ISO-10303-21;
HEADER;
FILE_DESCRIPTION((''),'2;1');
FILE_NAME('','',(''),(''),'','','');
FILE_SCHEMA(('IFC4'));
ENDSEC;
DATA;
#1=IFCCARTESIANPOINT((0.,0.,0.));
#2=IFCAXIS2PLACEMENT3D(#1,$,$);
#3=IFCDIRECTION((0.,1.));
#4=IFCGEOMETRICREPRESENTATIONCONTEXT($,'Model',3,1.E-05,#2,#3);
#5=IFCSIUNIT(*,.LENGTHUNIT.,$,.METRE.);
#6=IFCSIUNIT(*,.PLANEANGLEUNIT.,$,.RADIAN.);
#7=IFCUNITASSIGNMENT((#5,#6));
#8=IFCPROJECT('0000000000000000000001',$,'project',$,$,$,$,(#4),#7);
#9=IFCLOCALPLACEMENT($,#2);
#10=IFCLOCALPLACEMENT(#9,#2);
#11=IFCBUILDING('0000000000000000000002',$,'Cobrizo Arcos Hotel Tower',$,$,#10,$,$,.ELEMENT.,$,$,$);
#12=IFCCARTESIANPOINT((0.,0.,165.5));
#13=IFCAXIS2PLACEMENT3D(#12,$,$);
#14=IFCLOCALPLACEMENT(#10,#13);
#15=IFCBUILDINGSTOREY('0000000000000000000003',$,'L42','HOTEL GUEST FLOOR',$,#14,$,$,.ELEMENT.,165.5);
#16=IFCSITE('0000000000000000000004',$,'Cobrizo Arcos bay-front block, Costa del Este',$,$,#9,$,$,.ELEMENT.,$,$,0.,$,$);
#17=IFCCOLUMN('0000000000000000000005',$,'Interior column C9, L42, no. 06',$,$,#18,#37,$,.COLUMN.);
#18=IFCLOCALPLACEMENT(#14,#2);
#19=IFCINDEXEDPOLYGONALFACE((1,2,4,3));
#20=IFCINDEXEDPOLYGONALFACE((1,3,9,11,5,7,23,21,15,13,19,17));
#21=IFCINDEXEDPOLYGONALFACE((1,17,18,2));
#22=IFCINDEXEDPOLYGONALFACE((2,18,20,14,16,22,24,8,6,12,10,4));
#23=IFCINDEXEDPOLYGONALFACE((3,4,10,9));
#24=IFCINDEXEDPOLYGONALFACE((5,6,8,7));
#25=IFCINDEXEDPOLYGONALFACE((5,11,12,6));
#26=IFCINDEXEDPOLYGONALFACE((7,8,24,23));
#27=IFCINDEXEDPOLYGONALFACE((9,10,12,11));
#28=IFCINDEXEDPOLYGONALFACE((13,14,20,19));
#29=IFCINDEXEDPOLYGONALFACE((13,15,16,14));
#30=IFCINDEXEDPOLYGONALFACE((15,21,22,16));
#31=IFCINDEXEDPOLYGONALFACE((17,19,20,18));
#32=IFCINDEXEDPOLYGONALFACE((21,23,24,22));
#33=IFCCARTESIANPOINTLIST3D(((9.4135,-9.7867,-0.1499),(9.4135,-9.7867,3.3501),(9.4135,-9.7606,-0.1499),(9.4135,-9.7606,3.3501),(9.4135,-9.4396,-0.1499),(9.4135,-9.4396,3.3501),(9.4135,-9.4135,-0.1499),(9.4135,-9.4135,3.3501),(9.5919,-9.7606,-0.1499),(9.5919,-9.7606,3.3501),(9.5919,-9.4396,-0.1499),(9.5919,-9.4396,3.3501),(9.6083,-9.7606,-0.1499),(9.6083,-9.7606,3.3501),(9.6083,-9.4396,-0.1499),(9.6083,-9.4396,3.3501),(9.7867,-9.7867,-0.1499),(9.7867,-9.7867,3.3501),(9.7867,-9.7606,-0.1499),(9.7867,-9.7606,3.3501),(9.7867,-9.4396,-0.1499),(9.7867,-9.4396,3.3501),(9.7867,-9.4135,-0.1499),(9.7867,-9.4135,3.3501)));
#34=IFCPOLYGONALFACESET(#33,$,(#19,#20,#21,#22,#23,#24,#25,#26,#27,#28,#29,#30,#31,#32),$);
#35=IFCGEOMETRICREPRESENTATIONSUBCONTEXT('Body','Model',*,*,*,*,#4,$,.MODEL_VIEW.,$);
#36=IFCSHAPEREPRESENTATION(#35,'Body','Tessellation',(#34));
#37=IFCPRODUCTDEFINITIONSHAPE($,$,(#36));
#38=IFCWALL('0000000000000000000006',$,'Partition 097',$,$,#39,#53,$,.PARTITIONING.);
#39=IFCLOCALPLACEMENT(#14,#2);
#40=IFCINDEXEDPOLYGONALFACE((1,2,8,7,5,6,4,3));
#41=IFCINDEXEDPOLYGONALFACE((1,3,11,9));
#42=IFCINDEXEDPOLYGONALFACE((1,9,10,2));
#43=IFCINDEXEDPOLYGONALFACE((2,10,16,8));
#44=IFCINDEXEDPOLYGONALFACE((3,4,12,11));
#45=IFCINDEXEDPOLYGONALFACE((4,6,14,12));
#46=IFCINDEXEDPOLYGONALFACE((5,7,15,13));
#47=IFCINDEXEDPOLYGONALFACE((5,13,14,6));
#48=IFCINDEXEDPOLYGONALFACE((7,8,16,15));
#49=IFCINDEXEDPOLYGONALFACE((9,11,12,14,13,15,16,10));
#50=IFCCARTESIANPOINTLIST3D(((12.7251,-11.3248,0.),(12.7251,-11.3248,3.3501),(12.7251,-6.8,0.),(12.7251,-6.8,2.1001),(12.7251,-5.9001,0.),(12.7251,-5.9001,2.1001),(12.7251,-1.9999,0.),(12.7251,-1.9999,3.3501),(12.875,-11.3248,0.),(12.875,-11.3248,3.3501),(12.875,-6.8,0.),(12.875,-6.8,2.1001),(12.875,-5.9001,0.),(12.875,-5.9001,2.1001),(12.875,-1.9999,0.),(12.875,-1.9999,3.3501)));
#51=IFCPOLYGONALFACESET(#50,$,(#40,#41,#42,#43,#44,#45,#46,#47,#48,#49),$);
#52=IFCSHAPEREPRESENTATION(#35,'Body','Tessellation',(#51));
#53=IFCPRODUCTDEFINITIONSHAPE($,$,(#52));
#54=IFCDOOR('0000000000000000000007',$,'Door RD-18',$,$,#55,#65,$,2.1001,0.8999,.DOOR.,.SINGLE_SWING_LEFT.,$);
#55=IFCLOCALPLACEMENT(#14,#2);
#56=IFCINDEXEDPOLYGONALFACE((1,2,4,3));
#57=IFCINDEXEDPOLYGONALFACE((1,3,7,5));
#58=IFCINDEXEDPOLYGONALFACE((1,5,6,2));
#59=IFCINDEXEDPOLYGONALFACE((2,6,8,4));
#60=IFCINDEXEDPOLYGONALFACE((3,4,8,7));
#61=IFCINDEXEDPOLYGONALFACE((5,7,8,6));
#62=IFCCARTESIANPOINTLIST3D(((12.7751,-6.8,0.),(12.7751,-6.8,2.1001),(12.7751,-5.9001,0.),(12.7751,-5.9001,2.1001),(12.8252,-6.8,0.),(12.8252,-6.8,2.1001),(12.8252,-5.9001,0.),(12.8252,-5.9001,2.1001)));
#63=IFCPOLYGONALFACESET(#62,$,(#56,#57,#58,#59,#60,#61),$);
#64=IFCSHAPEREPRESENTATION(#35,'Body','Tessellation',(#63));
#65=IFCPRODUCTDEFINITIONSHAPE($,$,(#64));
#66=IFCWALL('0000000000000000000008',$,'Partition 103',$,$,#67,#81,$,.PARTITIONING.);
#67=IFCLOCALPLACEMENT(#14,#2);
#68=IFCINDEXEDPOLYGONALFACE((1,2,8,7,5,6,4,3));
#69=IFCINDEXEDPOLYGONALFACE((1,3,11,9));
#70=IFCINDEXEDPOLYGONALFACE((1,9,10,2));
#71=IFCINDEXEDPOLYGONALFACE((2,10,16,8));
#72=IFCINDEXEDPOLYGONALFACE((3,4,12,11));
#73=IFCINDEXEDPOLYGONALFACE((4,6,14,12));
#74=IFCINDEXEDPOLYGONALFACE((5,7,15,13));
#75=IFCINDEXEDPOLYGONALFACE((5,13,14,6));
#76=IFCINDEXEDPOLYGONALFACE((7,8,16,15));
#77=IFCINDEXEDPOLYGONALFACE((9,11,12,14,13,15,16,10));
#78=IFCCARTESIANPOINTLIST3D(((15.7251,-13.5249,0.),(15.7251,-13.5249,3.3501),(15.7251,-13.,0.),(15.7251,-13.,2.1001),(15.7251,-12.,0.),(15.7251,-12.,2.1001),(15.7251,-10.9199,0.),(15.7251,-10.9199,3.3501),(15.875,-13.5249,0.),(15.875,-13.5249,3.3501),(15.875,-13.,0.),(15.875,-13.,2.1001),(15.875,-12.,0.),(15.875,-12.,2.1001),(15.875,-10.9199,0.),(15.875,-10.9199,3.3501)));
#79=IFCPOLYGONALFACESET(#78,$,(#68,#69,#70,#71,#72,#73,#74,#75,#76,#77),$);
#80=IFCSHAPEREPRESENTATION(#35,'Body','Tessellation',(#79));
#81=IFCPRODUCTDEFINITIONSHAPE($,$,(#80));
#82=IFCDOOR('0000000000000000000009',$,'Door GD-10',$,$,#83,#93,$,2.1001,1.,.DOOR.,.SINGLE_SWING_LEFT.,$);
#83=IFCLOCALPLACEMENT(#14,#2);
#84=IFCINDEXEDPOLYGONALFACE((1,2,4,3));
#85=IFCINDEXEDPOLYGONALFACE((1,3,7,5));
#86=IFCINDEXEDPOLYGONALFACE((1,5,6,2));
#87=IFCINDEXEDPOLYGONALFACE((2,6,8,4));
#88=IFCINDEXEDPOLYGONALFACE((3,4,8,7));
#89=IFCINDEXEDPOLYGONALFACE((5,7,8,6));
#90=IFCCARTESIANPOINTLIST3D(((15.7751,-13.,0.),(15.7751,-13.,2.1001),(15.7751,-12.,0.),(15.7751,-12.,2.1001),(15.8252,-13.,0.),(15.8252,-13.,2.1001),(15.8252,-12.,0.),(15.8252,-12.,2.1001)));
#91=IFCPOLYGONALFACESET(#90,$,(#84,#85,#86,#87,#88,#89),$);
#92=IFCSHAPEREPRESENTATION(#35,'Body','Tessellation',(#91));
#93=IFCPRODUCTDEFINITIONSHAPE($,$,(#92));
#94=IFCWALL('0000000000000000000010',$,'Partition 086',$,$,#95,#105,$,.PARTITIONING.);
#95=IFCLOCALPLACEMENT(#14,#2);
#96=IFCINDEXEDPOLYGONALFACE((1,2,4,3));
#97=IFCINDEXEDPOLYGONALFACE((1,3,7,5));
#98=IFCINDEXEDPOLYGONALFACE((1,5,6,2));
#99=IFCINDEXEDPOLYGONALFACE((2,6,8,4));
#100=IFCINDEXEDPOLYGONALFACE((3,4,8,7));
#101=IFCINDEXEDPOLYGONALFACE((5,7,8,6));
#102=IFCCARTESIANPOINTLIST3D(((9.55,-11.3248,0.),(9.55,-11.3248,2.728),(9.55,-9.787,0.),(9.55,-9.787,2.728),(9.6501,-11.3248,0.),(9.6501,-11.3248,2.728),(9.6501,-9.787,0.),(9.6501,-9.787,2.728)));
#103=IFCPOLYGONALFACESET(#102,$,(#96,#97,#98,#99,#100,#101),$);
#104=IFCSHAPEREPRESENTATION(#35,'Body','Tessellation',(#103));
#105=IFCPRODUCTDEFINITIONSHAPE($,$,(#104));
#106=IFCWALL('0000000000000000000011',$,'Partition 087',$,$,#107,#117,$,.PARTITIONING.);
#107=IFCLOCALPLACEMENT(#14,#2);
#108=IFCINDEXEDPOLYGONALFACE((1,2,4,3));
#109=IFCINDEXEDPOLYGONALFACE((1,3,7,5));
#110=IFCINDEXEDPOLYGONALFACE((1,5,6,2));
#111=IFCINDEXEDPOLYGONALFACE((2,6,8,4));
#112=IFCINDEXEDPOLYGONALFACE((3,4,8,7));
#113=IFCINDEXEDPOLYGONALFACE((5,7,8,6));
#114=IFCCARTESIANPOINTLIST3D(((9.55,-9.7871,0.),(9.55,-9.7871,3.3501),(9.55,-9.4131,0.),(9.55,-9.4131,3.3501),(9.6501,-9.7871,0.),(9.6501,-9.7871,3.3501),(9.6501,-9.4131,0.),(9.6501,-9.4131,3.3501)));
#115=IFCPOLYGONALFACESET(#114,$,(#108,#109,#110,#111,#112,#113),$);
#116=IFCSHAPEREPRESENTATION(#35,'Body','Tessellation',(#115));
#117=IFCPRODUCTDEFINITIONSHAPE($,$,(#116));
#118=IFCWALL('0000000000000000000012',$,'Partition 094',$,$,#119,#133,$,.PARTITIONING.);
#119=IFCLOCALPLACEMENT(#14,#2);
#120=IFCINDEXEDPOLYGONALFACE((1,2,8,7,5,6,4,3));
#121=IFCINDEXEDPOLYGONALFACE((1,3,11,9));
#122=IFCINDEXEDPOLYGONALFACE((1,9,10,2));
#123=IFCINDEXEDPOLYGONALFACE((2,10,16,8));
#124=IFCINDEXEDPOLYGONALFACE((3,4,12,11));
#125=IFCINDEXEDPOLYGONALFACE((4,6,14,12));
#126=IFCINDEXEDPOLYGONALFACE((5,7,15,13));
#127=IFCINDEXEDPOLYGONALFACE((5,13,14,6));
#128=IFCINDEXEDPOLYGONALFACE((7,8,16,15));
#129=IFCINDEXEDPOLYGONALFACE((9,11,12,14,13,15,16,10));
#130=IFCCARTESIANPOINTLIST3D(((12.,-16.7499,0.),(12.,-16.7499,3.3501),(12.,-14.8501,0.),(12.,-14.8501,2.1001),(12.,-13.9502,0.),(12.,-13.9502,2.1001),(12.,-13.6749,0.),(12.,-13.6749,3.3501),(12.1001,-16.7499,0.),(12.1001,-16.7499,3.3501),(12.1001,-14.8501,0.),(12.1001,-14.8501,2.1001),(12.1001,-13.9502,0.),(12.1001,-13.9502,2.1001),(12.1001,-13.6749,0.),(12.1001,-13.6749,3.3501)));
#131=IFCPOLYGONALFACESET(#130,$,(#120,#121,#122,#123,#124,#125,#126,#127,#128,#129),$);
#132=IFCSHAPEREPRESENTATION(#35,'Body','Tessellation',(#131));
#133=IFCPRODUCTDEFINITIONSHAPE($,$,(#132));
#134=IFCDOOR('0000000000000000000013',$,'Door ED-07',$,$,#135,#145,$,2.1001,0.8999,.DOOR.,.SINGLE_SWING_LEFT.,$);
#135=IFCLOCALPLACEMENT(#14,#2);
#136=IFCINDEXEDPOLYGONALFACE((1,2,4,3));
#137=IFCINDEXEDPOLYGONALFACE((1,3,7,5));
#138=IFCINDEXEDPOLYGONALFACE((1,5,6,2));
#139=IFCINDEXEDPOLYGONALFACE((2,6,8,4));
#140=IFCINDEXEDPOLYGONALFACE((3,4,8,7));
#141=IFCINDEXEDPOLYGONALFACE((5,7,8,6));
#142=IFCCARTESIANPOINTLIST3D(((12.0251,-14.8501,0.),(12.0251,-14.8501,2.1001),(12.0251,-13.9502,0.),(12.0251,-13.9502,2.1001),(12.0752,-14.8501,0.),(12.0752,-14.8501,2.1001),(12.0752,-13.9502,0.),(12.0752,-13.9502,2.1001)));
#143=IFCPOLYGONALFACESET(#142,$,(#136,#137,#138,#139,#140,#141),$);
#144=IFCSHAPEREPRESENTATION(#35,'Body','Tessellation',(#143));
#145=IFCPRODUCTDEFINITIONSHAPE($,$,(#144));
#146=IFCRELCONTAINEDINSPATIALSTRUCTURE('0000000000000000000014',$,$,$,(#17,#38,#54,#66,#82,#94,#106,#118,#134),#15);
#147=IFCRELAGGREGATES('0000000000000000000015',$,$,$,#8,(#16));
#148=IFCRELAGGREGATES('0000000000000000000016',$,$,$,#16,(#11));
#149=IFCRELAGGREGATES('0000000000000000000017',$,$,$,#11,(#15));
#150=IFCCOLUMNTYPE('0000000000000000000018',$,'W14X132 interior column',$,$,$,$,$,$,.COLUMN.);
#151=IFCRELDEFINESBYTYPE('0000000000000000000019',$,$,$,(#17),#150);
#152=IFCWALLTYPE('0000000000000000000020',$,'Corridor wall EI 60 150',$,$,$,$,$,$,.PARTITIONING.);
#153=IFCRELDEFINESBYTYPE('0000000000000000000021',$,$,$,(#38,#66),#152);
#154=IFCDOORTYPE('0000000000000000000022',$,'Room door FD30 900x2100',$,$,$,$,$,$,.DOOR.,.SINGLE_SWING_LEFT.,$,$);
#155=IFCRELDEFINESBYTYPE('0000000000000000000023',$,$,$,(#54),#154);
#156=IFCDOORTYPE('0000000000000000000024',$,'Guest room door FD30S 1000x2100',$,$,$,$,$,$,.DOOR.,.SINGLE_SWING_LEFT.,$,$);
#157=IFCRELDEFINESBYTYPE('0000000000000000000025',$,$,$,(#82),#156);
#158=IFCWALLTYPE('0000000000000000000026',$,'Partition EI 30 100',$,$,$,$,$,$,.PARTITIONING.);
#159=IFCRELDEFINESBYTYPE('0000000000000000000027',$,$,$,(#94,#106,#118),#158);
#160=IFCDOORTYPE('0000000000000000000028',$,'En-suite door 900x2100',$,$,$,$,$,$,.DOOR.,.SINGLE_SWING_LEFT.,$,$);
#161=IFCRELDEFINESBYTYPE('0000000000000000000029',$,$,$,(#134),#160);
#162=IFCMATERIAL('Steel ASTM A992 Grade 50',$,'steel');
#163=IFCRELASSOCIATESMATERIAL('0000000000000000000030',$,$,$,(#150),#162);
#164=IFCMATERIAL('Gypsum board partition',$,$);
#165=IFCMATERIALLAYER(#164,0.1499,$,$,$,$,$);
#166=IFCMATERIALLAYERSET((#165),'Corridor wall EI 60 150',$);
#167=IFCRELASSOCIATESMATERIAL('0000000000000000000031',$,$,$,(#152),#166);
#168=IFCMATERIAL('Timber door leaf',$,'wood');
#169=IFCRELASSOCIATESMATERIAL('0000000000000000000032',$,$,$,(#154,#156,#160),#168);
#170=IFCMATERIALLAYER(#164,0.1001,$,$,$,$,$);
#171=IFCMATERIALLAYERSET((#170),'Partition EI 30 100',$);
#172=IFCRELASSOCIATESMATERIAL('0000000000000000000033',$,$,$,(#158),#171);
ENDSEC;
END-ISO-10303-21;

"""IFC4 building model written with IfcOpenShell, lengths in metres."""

from ifc_helpers import new_model, si_unit, direction, frame, frame_2d, origin, origin_2d, place, context, subcontext, project, spatial, rectangle, i_section, extrude, material, layer, layer_set, material_profile, profile_set, type_object, element, fill, save


model = new_model("IFC4")

# Units and contexts
model_context = context("Model", 3, precision=1e-05, world=origin(), true_north=direction((0.0, 1.0)))
body_context = subcontext(model_context, "Body", "Model", "MODEL_VIEW")
ifc_project = project(units=[si_unit("LENGTHUNIT", "METRE"), si_unit("PLANEANGLEUNIT", "RADIAN")], contexts=[model_context])

# Site, building, storey
site_placement = place(None, origin())
site = spatial("IfcSite", under=ifc_project, at=site_placement, Name="Cobrizo Arcos bay-front block, Costa del Este", CompositionType="ELEMENT", RefElevation=0.0)
building_placement = place(site_placement, origin())
building = spatial("IfcBuilding", under=site, at=building_placement, Name="Cobrizo Arcos Hotel Tower", CompositionType="ELEMENT")
storey_placement = place(building_placement, frame((0.0, 0.0, 165.5)))
storey = spatial("IfcBuildingStorey", under=building, at=storey_placement, Name="L42", Description="HOTEL GUEST FLOOR", CompositionType="ELEMENT", Elevation=165.5)

# Column
ifc_material_1 = material(Name="Steel ASTM A992 Grade 50", Category="steel")
ifc_material_profile = material_profile(ifc_material_1, i_section(OverallWidth=0.3733, OverallDepth=0.3733, WebThickness=0.0164, FlangeThickness=0.0261, at=origin_2d()), Name="W14X132")
ifc_profile_set = profile_set([ifc_material_profile], Name="Steel ASTM A992 Grade 50")
column_type = type_object("IfcColumnType", Name="W14X132 interior column", PredefinedType="COLUMN", material=ifc_profile_set)
column_placement = place(storey_placement, frame((9.6001, -9.6001, -0.1499), z_axis=(0.0, 0.0, 1.0), x_axis=(1.0, 0.0, 0.0)))
element("IfcColumn", 1, at=column_placement, inside=storey, type_object=column_type, Name="Interior column C9, L42, no. 06", PredefinedType="COLUMN", context=body_context, shape_type="SweptSolid", body=[
    extrude(i_section(OverallWidth=0.3733, OverallDepth=0.3733, WebThickness=0.0164, FlangeThickness=0.0261, at=origin_2d()), origin(), (0.0, 0.0, 1.0), 3.5),
])

# Walls, openings, doors
ifc_material_2 = material(Name="Gypsum board partition")
ifc_layer_1 = layer(ifc_material_2, 0.1499)
ifc_layer_set_1 = layer_set([ifc_layer_1], Name="Corridor wall EI 60 150")
wall_type_1 = type_object("IfcWallType", Name="Corridor wall EI 60 150", PredefinedType="PARTITIONING", material=ifc_layer_set_1)
wall_1_placement = place(storey_placement, frame((12.8, -11.325, 0.0), z_axis=(0.0, 0.0, 1.0), x_axis=(0.0, 1.0, 0.0)))
wall_1 = element("IfcWall", 2, at=wall_1_placement, inside=storey, type_object=wall_type_1, Name="Partition 097", PredefinedType="PARTITIONING", context=body_context, shape_type="SweptSolid", body=[
    extrude(rectangle(XDim=9.325, YDim=0.1499, at=frame_2d((4.6626, 0.0))), origin(), (0.0, 0.0, 1.0), 3.3501),
])
opening_1_placement = place(wall_1_placement, frame((4.5249, 0.0, 0.0)))
opening_1 = element("IfcOpeningElement", 3, at=opening_1_placement, cuts=wall_1, PredefinedType="OPENING", context=body_context, shape_type="SweptSolid", body=[
    extrude(rectangle(XDim=0.8999, YDim=2.1001, at=frame_2d((0.45, 1.05))), frame((0.0, 0.0869, 0.0), z_axis=(0.0, -1.0, 0.0), x_axis=(1.0, 0.0, 0.0)), (0.0, 0.0, 1.0), 0.1738),
])
ifc_material_3 = material(Name="Timber door leaf", Category="wood")
door_type_1 = type_object("IfcDoorType", Name="Room door FD30 900x2100", OperationType="SINGLE_SWING_LEFT", PredefinedType="DOOR", material=ifc_material_3)
door_1_placement = place(opening_1_placement, origin())
door_1 = element("IfcDoor", 4, at=door_1_placement, inside=storey, type_object=door_type_1, Name="Door RD-18", OperationType="SINGLE_SWING_LEFT", OverallHeight=2.1001, OverallWidth=0.8999, PredefinedType="DOOR", context=body_context, shape_type="SweptSolid", body=[
    extrude(rectangle(XDim=0.8999, YDim=2.1001, at=frame_2d((0.45, 1.05))), frame((0.0, 0.0249, 0.0), z_axis=(0.0, -1.0, 0.0), x_axis=(1.0, 0.0, 0.0)), (0.0, 0.0, 1.0), 0.05),
])
fill(opening_1, door_1)
wall_2_placement = place(storey_placement, frame((15.8, -13.5249, 0.0), z_axis=(0.0, 0.0, 1.0), x_axis=(0.0, 1.0, 0.0)))
wall_2 = element("IfcWall", 5, at=wall_2_placement, inside=storey, type_object=wall_type_1, Name="Partition 103", PredefinedType="PARTITIONING", context=body_context, shape_type="SweptSolid", body=[
    extrude(rectangle(XDim=2.605, YDim=0.1499, at=frame_2d((1.3025, 0.0))), origin(), (0.0, 0.0, 1.0), 3.3501),
])
opening_2_placement = place(wall_2_placement, frame((0.5249, 0.0, 0.0)))
opening_2 = element("IfcOpeningElement", 6, at=opening_2_placement, cuts=wall_2, PredefinedType="OPENING", context=body_context, shape_type="SweptSolid", body=[
    extrude(rectangle(XDim=1.0, YDim=2.1001, at=frame_2d((0.5, 1.05))), frame((0.0, 0.0869, 0.0), z_axis=(0.0, -1.0, 0.0), x_axis=(1.0, 0.0, 0.0)), (0.0, 0.0, 1.0), 0.1738),
])
door_type_2 = type_object("IfcDoorType", Name="Guest room door FD30S 1000x2100", OperationType="SINGLE_SWING_LEFT", PredefinedType="DOOR", material=ifc_material_3)
door_2_placement = place(opening_2_placement, origin())
door_2 = element("IfcDoor", 7, at=door_2_placement, inside=storey, type_object=door_type_2, Name="Door GD-10", OperationType="SINGLE_SWING_LEFT", OverallHeight=2.1001, OverallWidth=1.0, PredefinedType="DOOR", context=body_context, shape_type="SweptSolid", body=[
    extrude(rectangle(XDim=1.0, YDim=2.1001, at=frame_2d((0.5, 1.05))), frame((0.0, 0.0249, 0.0), z_axis=(0.0, -1.0, 0.0), x_axis=(1.0, 0.0, 0.0)), (0.0, 0.0, 1.0), 0.05),
])
fill(opening_2, door_2)

# Walls
ifc_layer_2 = layer(ifc_material_2, 0.1001)
ifc_layer_set_2 = layer_set([ifc_layer_2], Name="Partition EI 30 100")
wall_type_2 = type_object("IfcWallType", Name="Partition EI 30 100", PredefinedType="PARTITIONING", material=ifc_layer_set_2)
wall_3_placement = place(storey_placement, frame((9.6001, -11.325, 0.0), z_axis=(0.0, 0.0, 1.0), x_axis=(0.0, 1.0, 0.0)))
element("IfcWall", 8, at=wall_3_placement, inside=storey, type_object=wall_type_2, Name="Partition 086", PredefinedType="PARTITIONING", context=body_context, shape_type="SweptSolid", body=[
    extrude(rectangle(XDim=1.5378, YDim=0.1001, at=frame_2d((0.769, 0.0))), origin(), (0.0, 0.0, 1.0), 2.728),
])
wall_4_placement = place(storey_placement, frame((9.6001, -9.7871, 0.0), z_axis=(0.0, 0.0, 1.0), x_axis=(0.0, 1.0, 0.0)))
element("IfcWall", 9, at=wall_4_placement, inside=storey, type_object=wall_type_2, Name="Partition 087", PredefinedType="PARTITIONING", context=body_context, shape_type="SweptSolid", body=[
    extrude(rectangle(XDim=0.374, YDim=0.1001, at=frame_2d((0.187, 0.0))), origin(), (0.0, 0.0, 1.0), 3.3501),
])

# Wall, opening, door
wall_5_placement = place(storey_placement, frame((12.05, -16.75, 0.0), z_axis=(0.0, 0.0, 1.0), x_axis=(0.0, 1.0, 0.0)))
wall_5 = element("IfcWall", 10, at=wall_5_placement, inside=storey, type_object=wall_type_2, Name="Partition 094", PredefinedType="PARTITIONING", context=body_context, shape_type="SweptSolid", body=[
    extrude(rectangle(XDim=3.075, YDim=0.1001, at=frame_2d((1.5376, 0.0))), origin(), (0.0, 0.0, 1.0), 3.3501),
])
opening_3_placement = place(wall_5_placement, frame((1.8999, 0.0, 0.0)))
opening_3 = element("IfcOpeningElement", 11, at=opening_3_placement, cuts=wall_5, PredefinedType="OPENING", context=body_context, shape_type="SweptSolid", body=[
    extrude(rectangle(XDim=0.8999, YDim=2.1001, at=frame_2d((0.45, 1.05))), frame((0.0, 0.062, 0.0), z_axis=(0.0, -1.0, 0.0), x_axis=(1.0, 0.0, 0.0)), (0.0, 0.0, 1.0), 0.124),
])
door_type_3 = type_object("IfcDoorType", Name="En-suite door 900x2100", OperationType="SINGLE_SWING_LEFT", PredefinedType="DOOR", material=ifc_material_3)
door_3_placement = place(opening_3_placement, origin())
door_3 = element("IfcDoor", 12, at=door_3_placement, inside=storey, type_object=door_type_3, Name="Door ED-07", OperationType="SINGLE_SWING_LEFT", OverallHeight=2.1001, OverallWidth=0.8999, PredefinedType="DOOR", context=body_context, shape_type="SweptSolid", body=[
    extrude(rectangle(XDim=0.8999, YDim=2.1001, at=frame_2d((0.45, 1.05))), frame((0.0, 0.0249, 0.0), z_axis=(0.0, -1.0, 0.0), x_axis=(1.0, 0.0, 0.0)), (0.0, 0.0, 1.0), 0.05),
])
fill(opening_3, door_3)

save(model, "model.ifc")
